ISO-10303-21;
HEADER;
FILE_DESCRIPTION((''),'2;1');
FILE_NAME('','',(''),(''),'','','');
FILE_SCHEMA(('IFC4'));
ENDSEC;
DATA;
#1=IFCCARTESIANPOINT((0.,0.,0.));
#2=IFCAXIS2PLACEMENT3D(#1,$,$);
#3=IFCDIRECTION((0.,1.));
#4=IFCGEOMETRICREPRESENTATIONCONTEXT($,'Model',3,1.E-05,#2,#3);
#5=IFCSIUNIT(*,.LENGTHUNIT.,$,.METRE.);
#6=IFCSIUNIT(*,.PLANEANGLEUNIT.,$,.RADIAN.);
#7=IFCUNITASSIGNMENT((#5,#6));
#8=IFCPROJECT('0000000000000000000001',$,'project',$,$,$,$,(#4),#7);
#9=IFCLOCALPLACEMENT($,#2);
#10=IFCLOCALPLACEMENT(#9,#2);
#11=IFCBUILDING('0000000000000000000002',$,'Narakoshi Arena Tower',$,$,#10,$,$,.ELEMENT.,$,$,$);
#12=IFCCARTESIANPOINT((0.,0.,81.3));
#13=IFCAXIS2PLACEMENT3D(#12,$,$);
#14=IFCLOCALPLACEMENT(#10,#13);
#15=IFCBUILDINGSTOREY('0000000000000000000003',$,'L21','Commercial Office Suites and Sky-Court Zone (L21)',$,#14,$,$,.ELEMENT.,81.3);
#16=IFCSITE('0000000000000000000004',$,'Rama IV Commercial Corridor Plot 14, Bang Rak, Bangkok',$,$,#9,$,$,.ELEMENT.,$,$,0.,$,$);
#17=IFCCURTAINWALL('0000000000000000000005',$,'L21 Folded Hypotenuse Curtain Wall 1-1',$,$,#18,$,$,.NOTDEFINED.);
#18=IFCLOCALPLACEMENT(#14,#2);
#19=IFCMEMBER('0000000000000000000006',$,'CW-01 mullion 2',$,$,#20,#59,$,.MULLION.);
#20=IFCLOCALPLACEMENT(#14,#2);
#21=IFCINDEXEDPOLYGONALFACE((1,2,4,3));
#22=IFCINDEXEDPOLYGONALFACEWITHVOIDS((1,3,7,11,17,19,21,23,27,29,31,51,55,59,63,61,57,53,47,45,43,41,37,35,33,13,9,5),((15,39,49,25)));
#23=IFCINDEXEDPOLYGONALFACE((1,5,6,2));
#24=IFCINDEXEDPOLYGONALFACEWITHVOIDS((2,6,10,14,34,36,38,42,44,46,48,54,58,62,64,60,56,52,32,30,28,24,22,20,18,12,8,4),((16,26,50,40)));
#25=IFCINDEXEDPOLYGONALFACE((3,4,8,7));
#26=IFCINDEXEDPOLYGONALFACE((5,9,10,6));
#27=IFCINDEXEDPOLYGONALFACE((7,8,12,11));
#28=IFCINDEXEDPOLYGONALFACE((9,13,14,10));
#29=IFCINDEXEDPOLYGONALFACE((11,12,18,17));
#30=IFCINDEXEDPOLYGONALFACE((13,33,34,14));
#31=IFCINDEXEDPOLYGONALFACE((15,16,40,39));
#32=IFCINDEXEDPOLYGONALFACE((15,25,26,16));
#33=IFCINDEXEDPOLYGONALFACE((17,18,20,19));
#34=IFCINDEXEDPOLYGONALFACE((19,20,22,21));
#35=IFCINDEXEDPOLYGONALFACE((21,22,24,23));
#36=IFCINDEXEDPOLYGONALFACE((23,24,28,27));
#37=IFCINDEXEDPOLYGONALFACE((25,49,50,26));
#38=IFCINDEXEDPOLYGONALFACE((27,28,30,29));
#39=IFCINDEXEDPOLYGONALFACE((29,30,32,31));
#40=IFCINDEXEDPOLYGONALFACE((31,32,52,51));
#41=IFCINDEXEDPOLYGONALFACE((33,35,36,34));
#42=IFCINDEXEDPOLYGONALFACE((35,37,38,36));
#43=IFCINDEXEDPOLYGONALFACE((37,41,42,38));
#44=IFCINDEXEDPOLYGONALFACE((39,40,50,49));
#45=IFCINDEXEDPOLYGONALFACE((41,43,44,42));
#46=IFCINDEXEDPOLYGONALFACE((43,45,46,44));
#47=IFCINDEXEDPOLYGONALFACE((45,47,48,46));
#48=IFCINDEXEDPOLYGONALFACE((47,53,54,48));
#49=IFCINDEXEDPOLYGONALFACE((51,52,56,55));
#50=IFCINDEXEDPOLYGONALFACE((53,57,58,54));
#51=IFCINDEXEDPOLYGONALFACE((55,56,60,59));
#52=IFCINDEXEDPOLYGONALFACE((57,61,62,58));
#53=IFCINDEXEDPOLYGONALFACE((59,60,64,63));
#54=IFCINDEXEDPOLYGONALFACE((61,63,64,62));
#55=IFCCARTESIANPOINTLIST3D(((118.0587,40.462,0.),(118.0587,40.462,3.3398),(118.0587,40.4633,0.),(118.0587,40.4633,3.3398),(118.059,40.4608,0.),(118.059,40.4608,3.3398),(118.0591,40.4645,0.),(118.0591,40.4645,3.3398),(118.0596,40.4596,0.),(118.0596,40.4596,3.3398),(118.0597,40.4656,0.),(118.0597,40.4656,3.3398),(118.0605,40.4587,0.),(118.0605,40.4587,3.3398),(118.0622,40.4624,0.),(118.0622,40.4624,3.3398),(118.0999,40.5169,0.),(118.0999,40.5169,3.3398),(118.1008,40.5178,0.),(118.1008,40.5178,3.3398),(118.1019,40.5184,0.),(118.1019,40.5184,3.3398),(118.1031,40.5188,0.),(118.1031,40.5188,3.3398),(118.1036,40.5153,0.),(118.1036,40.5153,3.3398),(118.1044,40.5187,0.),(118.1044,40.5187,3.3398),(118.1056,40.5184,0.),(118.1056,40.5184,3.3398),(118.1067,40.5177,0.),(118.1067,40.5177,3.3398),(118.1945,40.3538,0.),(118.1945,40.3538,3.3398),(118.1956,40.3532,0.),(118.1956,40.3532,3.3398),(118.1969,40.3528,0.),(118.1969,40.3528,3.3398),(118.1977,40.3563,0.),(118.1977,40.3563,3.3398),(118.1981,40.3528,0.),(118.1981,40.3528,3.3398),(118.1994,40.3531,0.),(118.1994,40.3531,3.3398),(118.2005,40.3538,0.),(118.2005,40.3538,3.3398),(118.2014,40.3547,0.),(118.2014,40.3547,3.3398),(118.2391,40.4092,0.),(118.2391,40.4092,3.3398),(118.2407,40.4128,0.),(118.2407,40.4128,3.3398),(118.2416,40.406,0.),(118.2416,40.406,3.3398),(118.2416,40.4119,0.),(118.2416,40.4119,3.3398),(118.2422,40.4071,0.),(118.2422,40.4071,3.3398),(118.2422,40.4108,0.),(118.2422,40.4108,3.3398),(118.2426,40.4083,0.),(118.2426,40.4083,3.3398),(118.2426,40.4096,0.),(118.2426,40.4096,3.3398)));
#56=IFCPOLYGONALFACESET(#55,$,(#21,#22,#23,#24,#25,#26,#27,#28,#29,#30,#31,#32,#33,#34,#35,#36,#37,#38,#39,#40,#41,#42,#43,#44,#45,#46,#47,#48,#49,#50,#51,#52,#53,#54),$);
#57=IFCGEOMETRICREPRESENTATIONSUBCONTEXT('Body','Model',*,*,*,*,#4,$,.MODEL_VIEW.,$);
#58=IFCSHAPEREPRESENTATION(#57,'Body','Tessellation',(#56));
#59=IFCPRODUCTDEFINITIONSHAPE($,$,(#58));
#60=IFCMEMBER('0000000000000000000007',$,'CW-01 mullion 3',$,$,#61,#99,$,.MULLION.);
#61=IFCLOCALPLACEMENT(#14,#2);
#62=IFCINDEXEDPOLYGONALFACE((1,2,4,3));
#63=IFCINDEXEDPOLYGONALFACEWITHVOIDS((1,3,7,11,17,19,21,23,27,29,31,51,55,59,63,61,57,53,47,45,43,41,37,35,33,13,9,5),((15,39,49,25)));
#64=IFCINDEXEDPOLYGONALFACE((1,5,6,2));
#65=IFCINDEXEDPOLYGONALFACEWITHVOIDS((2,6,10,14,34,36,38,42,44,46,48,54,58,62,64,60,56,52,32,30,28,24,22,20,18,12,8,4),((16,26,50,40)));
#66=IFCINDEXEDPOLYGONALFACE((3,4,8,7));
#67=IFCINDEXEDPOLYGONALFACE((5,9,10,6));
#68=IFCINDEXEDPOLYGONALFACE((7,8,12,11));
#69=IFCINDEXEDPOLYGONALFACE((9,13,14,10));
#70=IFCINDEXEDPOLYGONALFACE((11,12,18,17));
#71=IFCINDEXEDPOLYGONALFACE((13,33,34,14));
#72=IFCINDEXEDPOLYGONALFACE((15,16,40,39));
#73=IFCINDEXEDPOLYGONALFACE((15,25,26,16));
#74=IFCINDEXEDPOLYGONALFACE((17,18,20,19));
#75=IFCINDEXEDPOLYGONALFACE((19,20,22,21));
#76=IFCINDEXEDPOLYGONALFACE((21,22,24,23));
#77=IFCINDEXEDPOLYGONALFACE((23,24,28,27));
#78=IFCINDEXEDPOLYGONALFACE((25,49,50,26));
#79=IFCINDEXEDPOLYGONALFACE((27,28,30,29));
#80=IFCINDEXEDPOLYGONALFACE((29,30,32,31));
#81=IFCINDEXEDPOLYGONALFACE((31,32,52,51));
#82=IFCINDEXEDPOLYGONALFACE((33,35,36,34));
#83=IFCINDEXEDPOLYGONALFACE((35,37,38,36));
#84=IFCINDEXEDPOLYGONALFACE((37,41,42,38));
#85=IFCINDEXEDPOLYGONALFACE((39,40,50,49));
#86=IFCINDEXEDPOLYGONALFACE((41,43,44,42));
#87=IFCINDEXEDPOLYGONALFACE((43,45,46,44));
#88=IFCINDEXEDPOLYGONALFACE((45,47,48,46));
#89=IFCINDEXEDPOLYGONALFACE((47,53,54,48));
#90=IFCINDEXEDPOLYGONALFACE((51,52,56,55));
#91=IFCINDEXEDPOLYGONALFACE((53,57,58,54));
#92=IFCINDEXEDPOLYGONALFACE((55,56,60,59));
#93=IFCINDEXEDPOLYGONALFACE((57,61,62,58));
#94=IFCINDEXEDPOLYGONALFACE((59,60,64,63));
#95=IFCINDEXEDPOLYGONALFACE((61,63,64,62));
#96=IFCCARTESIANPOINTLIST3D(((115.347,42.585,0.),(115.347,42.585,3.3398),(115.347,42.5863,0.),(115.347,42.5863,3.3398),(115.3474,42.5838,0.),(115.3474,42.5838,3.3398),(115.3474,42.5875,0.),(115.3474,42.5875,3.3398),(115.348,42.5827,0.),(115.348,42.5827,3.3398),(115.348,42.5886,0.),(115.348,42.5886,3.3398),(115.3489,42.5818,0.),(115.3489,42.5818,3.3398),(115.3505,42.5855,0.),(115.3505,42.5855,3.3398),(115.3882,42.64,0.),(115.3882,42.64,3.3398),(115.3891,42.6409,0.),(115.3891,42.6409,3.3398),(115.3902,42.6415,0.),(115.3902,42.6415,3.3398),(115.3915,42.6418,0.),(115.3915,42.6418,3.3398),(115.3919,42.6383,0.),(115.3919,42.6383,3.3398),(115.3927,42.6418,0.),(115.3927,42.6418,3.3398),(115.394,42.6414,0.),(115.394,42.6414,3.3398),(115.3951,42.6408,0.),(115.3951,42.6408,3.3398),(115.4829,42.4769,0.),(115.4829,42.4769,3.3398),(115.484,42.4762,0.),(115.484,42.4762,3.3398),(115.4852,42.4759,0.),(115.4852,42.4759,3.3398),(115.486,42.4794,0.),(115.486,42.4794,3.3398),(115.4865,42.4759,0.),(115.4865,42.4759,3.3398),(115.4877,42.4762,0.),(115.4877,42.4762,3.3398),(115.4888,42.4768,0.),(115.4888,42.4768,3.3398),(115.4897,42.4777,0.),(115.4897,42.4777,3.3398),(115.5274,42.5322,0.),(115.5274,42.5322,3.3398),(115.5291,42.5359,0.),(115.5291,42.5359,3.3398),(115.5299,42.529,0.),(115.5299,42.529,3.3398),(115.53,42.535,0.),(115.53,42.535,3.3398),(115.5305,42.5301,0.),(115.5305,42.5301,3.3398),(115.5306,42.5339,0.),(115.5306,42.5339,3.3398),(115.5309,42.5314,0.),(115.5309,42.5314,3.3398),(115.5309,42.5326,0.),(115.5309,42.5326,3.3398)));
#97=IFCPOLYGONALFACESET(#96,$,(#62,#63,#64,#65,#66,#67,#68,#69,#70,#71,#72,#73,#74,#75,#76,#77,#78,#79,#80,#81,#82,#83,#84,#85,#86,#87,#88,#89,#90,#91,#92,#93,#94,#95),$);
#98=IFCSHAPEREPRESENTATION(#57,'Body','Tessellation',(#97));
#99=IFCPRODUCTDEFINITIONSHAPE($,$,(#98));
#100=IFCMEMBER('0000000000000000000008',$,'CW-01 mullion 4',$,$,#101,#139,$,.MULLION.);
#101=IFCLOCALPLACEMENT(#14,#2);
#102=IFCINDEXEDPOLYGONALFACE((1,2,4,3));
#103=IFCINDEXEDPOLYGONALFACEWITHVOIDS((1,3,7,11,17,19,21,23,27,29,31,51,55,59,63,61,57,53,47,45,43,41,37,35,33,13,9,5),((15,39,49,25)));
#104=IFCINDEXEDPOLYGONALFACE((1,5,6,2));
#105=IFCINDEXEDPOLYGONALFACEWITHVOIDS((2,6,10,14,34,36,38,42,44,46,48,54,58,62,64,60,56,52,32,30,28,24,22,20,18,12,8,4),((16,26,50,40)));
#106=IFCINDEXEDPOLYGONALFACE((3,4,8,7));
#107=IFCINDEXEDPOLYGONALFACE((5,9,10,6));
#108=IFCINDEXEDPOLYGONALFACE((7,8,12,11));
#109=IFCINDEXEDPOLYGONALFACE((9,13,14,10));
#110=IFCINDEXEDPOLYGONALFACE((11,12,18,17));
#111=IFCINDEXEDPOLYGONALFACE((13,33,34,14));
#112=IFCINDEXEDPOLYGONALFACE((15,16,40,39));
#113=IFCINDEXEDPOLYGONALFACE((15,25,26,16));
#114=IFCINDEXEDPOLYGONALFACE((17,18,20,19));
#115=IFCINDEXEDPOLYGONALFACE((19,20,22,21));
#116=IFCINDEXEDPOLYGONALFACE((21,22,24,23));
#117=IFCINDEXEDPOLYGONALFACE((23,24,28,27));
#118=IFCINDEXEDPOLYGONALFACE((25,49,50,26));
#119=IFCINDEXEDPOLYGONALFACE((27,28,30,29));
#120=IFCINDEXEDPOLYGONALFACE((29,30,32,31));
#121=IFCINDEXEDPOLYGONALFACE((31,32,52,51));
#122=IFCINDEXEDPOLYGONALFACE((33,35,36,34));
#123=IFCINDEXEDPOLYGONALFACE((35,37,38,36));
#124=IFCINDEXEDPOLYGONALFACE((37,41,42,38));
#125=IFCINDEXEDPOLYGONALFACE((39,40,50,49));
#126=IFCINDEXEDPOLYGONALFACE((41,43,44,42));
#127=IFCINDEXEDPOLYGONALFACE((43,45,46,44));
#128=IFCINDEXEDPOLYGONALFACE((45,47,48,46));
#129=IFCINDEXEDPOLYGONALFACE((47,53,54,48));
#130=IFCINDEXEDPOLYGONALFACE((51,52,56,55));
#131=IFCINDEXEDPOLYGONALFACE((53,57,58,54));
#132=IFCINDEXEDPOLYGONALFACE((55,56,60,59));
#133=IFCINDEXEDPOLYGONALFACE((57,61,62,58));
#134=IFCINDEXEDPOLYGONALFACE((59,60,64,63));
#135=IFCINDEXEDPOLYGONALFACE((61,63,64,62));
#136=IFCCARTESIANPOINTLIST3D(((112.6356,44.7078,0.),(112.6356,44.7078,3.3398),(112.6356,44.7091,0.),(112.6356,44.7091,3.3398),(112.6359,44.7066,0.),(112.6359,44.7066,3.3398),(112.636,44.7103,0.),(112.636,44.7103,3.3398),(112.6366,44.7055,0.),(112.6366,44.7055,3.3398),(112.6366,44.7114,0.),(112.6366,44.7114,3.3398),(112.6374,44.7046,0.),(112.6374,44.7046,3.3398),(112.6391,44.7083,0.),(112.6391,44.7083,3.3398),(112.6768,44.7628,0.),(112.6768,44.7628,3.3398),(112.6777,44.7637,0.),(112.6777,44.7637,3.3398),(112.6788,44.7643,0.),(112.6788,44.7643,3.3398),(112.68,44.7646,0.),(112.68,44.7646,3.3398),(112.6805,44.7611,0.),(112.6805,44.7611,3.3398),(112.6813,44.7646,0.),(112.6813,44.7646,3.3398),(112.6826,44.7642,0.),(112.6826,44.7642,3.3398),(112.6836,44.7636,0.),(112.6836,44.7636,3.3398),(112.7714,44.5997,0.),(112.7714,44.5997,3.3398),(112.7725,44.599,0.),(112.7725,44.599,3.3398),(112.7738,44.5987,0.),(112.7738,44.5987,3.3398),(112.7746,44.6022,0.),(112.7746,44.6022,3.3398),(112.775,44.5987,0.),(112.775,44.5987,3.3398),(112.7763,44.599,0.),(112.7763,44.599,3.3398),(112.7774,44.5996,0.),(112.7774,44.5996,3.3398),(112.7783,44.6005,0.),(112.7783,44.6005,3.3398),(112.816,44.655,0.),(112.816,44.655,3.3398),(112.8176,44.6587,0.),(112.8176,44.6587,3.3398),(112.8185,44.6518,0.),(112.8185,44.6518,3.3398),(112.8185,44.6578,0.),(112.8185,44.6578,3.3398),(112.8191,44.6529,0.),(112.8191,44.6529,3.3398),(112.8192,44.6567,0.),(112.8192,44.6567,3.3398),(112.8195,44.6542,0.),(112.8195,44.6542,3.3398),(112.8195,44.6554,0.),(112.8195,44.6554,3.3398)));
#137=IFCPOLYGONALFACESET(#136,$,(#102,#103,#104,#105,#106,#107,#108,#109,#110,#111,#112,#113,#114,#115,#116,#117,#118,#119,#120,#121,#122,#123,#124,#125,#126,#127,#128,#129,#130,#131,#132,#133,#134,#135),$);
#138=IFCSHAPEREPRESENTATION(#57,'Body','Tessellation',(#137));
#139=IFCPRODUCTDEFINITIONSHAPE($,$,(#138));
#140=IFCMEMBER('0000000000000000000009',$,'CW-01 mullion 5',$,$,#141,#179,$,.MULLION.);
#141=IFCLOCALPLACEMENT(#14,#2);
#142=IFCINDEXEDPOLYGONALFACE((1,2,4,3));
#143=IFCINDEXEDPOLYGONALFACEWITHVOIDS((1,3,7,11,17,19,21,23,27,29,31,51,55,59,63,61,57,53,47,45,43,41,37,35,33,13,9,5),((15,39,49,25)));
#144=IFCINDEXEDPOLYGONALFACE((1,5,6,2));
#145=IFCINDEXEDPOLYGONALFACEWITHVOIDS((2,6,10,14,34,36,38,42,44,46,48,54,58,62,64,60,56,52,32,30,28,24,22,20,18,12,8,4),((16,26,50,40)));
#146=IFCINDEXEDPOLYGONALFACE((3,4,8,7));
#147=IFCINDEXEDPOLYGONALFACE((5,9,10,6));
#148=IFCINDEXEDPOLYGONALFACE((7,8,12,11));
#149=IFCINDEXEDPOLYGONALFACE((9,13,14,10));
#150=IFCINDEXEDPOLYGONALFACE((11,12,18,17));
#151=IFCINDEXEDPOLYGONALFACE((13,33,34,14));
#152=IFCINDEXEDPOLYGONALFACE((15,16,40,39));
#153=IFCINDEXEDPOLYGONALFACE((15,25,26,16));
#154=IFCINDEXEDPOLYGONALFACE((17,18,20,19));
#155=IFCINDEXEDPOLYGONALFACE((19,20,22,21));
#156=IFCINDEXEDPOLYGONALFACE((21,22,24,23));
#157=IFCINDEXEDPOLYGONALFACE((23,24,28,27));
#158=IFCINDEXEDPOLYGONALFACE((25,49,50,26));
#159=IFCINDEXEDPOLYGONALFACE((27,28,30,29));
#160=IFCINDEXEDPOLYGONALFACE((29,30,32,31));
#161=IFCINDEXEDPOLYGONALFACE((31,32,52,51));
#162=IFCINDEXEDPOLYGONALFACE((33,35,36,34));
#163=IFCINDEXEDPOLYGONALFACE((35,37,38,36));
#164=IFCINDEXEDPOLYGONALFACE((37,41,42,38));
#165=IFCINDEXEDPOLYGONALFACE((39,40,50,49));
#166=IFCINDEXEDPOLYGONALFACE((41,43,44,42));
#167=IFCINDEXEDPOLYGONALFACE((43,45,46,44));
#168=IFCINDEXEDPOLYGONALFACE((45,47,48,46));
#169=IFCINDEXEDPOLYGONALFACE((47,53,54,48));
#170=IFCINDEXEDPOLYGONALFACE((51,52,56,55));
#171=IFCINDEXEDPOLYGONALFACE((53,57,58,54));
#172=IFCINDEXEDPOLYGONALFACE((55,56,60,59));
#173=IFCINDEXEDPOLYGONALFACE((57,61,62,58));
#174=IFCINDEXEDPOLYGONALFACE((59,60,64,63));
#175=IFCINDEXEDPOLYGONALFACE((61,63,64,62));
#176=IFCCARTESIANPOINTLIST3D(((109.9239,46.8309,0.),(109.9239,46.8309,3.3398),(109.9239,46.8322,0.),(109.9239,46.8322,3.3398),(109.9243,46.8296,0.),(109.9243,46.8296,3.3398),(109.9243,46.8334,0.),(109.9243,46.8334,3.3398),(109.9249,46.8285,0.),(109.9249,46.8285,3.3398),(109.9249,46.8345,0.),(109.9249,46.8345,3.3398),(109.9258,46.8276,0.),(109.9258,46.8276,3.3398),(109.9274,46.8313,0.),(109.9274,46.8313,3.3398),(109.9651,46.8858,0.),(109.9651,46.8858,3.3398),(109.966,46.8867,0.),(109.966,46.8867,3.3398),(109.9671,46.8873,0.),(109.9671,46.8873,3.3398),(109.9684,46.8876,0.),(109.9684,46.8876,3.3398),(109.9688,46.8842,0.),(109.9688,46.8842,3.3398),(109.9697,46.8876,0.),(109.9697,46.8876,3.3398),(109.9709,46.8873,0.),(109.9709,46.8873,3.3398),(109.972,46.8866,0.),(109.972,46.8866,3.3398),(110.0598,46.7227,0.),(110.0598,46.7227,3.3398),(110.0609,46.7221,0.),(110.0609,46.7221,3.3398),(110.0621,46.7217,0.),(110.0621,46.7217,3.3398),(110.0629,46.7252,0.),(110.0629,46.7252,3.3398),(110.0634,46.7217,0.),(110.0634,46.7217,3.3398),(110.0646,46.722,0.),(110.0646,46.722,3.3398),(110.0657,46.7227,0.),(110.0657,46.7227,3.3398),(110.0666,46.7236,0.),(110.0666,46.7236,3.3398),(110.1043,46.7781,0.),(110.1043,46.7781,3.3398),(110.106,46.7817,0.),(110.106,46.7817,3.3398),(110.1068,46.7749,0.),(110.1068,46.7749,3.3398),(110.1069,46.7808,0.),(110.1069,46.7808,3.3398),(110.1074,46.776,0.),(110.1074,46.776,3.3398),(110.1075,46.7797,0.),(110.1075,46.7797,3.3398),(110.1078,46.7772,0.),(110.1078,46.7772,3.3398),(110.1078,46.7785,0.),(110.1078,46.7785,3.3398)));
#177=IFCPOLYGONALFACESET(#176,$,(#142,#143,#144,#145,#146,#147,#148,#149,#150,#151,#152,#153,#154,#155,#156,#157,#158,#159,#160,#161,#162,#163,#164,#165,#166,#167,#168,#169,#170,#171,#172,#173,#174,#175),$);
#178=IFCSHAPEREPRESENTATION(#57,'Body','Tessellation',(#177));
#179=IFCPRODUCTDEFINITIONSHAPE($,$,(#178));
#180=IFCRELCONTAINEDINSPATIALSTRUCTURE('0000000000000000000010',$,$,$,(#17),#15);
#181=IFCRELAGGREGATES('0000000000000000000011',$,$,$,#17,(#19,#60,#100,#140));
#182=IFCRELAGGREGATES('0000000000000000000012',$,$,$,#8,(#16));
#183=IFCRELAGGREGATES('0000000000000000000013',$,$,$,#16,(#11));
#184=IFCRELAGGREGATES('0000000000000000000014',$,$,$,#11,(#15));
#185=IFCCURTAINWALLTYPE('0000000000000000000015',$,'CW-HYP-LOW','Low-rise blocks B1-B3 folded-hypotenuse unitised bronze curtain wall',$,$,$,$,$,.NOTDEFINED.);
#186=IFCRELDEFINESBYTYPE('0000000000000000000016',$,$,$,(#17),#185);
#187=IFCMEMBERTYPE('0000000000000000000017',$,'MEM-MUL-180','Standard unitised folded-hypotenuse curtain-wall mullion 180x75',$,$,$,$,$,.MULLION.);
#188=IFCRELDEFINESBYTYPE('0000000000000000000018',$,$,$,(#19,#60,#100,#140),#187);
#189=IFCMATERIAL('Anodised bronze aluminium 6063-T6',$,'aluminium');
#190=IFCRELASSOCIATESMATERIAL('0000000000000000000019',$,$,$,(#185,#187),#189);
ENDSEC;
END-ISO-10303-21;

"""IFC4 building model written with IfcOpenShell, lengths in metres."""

from ifc_helpers import new_model, si_unit, direction, frame, origin, origin_2d, place, context, subcontext, project, spatial, hollow_rectangle, extrude, material, material_profile, profile_set, type_object, element, aggregate, save


model = new_model("IFC4")

# Units and contexts
model_context = context("Model", 3, precision=1e-05, world=origin(), true_north=direction((0.0, 1.0)))
body_context = subcontext(model_context, "Body", "Model", "MODEL_VIEW")
ifc_project = project(units=[si_unit("LENGTHUNIT", "METRE"), si_unit("PLANEANGLEUNIT", "RADIAN")], contexts=[model_context])

# Site, building, storey
site_placement = place(None, origin())
site = spatial("IfcSite", under=ifc_project, at=site_placement, Name="Rama IV Commercial Corridor Plot 14, Bang Rak, Bangkok", CompositionType="ELEMENT", RefElevation=0.0)
building_placement = place(site_placement, origin())
building = spatial("IfcBuilding", under=site, at=building_placement, Name="Narakoshi Arena Tower", CompositionType="ELEMENT")
storey_placement = place(building_placement, frame((0.0, 0.0, 81.3)))
storey = spatial("IfcBuildingStorey", under=building, at=storey_placement, Name="L21", Description="Commercial Office Suites and Sky-Court Zone (L21)", CompositionType="ELEMENT", Elevation=81.3)

# Curtain wall, members
ifc_material_1 = material(Name="Anodised bronze aluminium 6063-T6", Category="aluminium")
curtain_wall_type = type_object("IfcCurtainWallType", Name="CW-HYP-LOW", Description="Low-rise blocks B1-B3 folded-hypotenuse unitised bronze curtain wall", PredefinedType="NOTDEFINED", material=ifc_material_1)
curtain_wall_placement = place(storey_placement, origin())
curtain_wall = element("IfcCurtainWall", 1, at=curtain_wall_placement, inside=storey, type_object=curtain_wall_type, Name="L21 Folded Hypotenuse Curtain Wall 1-1", PredefinedType="NOTDEFINED")
ifc_material_profile_1 = material_profile(ifc_material_1, hollow_rectangle(XDim=0.075, YDim=0.1799, WallThickness=0.0039, OuterFilletRadius=0.0049, at=origin_2d()), Name="MUL180x75x4")
ifc_profile_set_1 = profile_set([ifc_material_profile_1], Name="Anodised bronze aluminium 6063-T6")
member_type_1 = type_object("IfcMemberType", Name="MEM-MUL-180", Description="Standard unitised folded-hypotenuse curtain-wall mullion 180x75", PredefinedType="MULLION", material=ifc_profile_set_1)
member_1_placement = place(storey_placement, frame((118.1506, 40.4358, 0.0), z_axis=(0.0, 0.0, 1.0), x_axis=(-0.616458, -0.787388, 0.0)))
member_1 = element("IfcMember", 2, at=member_1_placement, type_object=member_type_1, Name="CW-01 mullion 2", PredefinedType="MULLION", context=body_context, shape_type="SweptSolid", body=[
    extrude(hollow_rectangle(XDim=0.075, YDim=0.1799, WallThickness=0.0039, OuterFilletRadius=0.0049, at=origin_2d()), origin(), (0.0, 0.0, 1.0), 3.3398),
])
member_2_placement = place(storey_placement, frame((115.439, 42.5588, 0.0), z_axis=(0.0, 0.0, 1.0), x_axis=(-0.616458, -0.787388, 0.0)))
member_2 = element("IfcMember", 3, at=member_2_placement, type_object=member_type_1, Name="CW-01 mullion 3", PredefinedType="MULLION", context=body_context, shape_type="SweptSolid", body=[
    extrude(hollow_rectangle(XDim=0.075, YDim=0.1799, WallThickness=0.0039, OuterFilletRadius=0.0049, at=origin_2d()), origin(), (0.0, 0.0, 1.0), 3.3398),
])
member_3_placement = place(storey_placement, frame((112.7275, 44.6816, 0.0), z_axis=(0.0, 0.0, 1.0), x_axis=(-0.616458, -0.787388, 0.0)))
member_3 = element("IfcMember", 4, at=member_3_placement, type_object=member_type_1, Name="CW-01 mullion 4", PredefinedType="MULLION", context=body_context, shape_type="SweptSolid", body=[
    extrude(hollow_rectangle(XDim=0.075, YDim=0.1799, WallThickness=0.0039, OuterFilletRadius=0.0049, at=origin_2d()), origin(), (0.0, 0.0, 1.0), 3.3398),
])
member_4_placement = place(storey_placement, frame((110.0159, 46.8047, 0.0), z_axis=(0.0, 0.0, 1.0), x_axis=(-0.616458, -0.787388, 0.0)))
member_4 = element("IfcMember", 5, at=member_4_placement, type_object=member_type_1, Name="CW-01 mullion 5", PredefinedType="MULLION", context=body_context, shape_type="SweptSolid", body=[
    extrude(hollow_rectangle(XDim=0.075, YDim=0.1799, WallThickness=0.0039, OuterFilletRadius=0.0049, at=origin_2d()), origin(), (0.0, 0.0, 1.0), 3.3398),
])
aggregate(curtain_wall, [member_1, member_2, member_3, member_4])

save(model, "model.ifc")
